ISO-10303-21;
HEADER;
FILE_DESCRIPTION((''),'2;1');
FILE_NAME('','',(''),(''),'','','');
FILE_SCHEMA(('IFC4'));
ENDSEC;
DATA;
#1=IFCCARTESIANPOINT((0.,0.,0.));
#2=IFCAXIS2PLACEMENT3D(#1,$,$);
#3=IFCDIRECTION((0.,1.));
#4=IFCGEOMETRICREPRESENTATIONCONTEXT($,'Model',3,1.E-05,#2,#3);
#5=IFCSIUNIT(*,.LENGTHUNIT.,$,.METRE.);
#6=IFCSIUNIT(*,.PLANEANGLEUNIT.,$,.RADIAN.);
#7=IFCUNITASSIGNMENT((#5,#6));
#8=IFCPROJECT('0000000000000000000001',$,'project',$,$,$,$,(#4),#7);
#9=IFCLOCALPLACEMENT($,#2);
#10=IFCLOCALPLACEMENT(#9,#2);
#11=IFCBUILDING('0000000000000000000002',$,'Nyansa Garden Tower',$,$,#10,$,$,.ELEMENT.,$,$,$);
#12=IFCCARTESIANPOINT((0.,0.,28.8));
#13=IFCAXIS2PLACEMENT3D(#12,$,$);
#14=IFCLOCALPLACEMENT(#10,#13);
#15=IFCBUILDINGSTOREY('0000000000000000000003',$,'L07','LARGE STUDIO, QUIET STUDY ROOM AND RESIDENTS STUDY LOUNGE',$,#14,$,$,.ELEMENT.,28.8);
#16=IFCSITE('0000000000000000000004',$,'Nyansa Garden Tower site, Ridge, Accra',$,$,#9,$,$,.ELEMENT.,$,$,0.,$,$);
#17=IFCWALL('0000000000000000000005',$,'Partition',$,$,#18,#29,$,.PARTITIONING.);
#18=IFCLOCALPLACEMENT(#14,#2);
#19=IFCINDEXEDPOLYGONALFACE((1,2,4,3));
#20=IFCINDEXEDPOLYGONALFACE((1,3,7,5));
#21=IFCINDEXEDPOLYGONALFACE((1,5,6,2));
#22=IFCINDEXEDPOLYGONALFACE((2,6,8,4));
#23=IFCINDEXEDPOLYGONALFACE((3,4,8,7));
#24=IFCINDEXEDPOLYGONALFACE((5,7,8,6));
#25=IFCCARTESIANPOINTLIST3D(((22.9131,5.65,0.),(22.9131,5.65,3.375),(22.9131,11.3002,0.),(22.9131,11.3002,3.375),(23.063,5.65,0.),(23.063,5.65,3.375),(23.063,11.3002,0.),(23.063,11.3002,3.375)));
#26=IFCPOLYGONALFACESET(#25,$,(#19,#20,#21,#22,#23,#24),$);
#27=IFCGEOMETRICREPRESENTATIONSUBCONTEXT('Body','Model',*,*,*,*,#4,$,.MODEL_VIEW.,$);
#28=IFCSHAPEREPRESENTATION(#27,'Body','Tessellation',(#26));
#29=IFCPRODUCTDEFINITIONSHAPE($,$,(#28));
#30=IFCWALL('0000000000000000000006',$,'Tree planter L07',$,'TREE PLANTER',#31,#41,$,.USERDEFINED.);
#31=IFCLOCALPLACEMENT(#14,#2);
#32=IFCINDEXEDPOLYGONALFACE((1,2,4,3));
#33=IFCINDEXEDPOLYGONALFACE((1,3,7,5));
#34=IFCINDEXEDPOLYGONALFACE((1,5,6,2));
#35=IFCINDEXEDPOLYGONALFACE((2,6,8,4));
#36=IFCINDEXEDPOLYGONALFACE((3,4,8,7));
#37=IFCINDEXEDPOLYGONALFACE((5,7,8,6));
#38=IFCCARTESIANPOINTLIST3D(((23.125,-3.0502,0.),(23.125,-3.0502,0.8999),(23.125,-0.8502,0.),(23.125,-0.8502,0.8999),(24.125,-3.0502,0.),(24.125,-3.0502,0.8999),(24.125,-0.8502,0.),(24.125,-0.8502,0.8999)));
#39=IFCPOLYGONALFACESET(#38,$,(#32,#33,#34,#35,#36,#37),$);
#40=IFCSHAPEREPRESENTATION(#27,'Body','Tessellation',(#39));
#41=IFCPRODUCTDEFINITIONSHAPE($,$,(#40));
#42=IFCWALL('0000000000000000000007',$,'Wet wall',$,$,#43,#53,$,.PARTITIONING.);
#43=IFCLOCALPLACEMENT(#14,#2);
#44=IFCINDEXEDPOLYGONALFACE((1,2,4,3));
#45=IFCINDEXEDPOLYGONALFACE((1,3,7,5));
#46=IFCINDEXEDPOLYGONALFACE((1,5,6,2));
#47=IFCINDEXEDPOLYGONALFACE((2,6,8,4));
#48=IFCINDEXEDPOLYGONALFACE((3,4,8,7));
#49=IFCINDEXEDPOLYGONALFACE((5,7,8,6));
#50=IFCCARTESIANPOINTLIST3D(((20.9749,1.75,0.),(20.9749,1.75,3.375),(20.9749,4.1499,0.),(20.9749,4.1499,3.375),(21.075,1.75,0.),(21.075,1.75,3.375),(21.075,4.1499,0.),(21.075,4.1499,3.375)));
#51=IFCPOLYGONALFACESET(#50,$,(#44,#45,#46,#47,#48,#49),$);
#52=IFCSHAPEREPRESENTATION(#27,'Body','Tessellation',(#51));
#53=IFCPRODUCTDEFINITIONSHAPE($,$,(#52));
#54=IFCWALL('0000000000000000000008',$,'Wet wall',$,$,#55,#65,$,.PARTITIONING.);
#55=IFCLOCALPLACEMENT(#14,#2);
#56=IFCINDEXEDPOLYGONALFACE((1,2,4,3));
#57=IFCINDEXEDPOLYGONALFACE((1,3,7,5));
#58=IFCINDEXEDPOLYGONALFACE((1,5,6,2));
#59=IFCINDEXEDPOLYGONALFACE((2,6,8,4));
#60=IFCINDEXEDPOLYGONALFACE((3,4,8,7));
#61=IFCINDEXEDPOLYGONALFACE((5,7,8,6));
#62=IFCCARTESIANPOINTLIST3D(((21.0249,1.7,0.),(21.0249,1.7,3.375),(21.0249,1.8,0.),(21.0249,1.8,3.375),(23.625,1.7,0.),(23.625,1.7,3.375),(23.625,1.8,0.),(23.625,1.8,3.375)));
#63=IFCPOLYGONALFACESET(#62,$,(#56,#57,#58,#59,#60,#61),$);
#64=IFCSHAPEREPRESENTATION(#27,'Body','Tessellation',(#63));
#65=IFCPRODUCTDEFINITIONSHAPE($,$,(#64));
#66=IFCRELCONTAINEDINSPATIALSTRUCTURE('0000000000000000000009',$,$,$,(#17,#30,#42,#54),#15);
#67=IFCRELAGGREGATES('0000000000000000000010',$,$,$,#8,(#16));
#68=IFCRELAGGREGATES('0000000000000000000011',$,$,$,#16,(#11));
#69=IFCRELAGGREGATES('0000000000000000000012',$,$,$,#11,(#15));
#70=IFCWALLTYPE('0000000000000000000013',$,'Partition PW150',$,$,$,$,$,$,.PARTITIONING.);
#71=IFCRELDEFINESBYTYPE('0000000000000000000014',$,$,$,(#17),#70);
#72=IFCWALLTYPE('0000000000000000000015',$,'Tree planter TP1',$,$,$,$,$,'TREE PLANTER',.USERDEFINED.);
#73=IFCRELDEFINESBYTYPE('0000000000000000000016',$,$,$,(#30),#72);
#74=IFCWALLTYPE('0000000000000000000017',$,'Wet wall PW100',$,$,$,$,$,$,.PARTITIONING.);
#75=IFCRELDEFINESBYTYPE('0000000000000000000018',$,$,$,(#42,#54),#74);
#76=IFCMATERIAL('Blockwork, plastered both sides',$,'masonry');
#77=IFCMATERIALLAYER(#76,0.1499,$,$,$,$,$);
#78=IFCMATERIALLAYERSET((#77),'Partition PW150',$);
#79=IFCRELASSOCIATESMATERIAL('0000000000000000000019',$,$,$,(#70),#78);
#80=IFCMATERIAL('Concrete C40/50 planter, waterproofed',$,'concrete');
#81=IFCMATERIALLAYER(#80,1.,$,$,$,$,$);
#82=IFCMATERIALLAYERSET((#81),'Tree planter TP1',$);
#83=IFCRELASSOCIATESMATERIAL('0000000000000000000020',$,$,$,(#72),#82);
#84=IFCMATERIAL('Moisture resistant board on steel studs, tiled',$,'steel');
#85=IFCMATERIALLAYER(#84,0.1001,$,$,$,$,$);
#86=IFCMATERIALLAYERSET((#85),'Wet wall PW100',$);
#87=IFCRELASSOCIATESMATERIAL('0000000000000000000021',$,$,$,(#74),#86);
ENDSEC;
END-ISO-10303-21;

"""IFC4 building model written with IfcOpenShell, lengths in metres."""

from ifc_helpers import new_model, si_unit, direction, frame, frame_2d, origin, place, context, subcontext, project, spatial, rectangle, extrude, material, layer, layer_set, type_object, element, save


model = new_model("IFC4")

# Units and contexts
model_context = context("Model", 3, precision=1e-05, world=origin(), true_north=direction((0.0, 1.0)))
body_context = subcontext(model_context, "Body", "Model", "MODEL_VIEW")
ifc_project = project(units=[si_unit("LENGTHUNIT", "METRE"), si_unit("PLANEANGLEUNIT", "RADIAN")], contexts=[model_context])

# Site, building, storey
site_placement = place(None, origin())
site = spatial("IfcSite", under=ifc_project, at=site_placement, Name="Nyansa Garden Tower site, Ridge, Accra", CompositionType="ELEMENT", RefElevation=0.0)
building_placement = place(site_placement, origin())
building = spatial("IfcBuilding", under=site, at=building_placement, Name="Nyansa Garden Tower", CompositionType="ELEMENT")
storey_placement = place(building_placement, frame((0.0, 0.0, 28.8)))
storey = spatial("IfcBuildingStorey", under=building, at=storey_placement, Name="L07", Description="LARGE STUDIO, QUIET STUDY ROOM AND RESIDENTS STUDY LOUNGE", CompositionType="ELEMENT", Elevation=28.8)

# Shared definitions
ifc_material_1 = material(Name="Blockwork, plastered both sides", Category="masonry")
ifc_layer_1 = layer(ifc_material_1, 0.1499)
ifc_layer_set_1 = layer_set([ifc_layer_1], Name="Partition PW150")
wall_type_1 = type_object("IfcWallType", Name="Partition PW150", PredefinedType="PARTITIONING", material=ifc_layer_set_1)

# Walls
wall_1_placement = place(storey_placement, frame((22.988, 5.6499, 0.0), z_axis=(0.0, 0.0, 1.0), x_axis=(0.0, 1.0, 0.0)))
element("IfcWall", 1, at=wall_1_placement, inside=storey, type_object=wall_type_1, Name="Partition", PredefinedType="PARTITIONING", context=body_context, shape_type="SweptSolid", body=[
    extrude(rectangle(XDim=5.6501, YDim=0.1499, at=frame_2d((2.8252, 0.0))), origin(), (0.0, 0.0, 1.0), 3.375),
])
ifc_material_2 = material(Name="Concrete C40/50 planter, waterproofed", Category="concrete")
ifc_layer_2 = layer(ifc_material_2, 1.0)
ifc_layer_set_2 = layer_set([ifc_layer_2], Name="Tree planter TP1")
wall_type_2 = type_object("IfcWallType", Name="Tree planter TP1", ElementType="TREE PLANTER", PredefinedType="USERDEFINED", material=ifc_layer_set_2)
wall_2_placement = place(storey_placement, frame((23.625, -0.8501, 0.0), z_axis=(0.0, 0.0, 1.0), x_axis=(0.0, -1.0, 0.0)))
element("IfcWall", 2, at=wall_2_placement, inside=storey, type_object=wall_type_2, Name="Tree planter L07", ObjectType="TREE PLANTER", PredefinedType="USERDEFINED", context=body_context, shape_type="SweptSolid", body=[
    extrude(rectangle(XDim=2.2, YDim=1.0, at=frame_2d((1.1001, 0.0))), origin(), (0.0, 0.0, 1.0), 0.8999),
])
ifc_material_3 = material(Name="Moisture resistant board on steel studs, tiled", Category="steel")
ifc_layer_3 = layer(ifc_material_3, 0.1001)
ifc_layer_set_3 = layer_set([ifc_layer_3], Name="Wet wall PW100")
wall_type_3 = type_object("IfcWallType", Name="Wet wall PW100", PredefinedType="PARTITIONING", material=ifc_layer_set_3)
wall_3_placement = place(storey_placement, frame((21.0249, 1.75, 0.0), z_axis=(0.0, 0.0, 1.0), x_axis=(0.0, 1.0, 0.0)))
element("IfcWall", 3, at=wall_3_placement, inside=storey, type_object=wall_type_3, Name="Wet wall", PredefinedType="PARTITIONING", context=body_context, shape_type="SweptSolid", body=[
    extrude(rectangle(XDim=2.3999, YDim=0.1001, at=frame_2d((1.2, 0.0))), origin(), (0.0, 0.0, 1.0), 3.375),
])
wall_4_placement = place(storey_placement, frame((21.0249, 1.75, 0.0), z_axis=(0.0, 0.0, 1.0), x_axis=(1.0, 0.0, 0.0)))
element("IfcWall", 4, at=wall_4_placement, inside=storey, type_object=wall_type_3, Name="Wet wall", PredefinedType="PARTITIONING", context=body_context, shape_type="SweptSolid", body=[
    extrude(rectangle(XDim=2.6001, YDim=0.1001, at=frame_2d((1.3, 0.0))), origin(), (0.0, 0.0, 1.0), 3.375),
])

save(model, "model.ifc")
